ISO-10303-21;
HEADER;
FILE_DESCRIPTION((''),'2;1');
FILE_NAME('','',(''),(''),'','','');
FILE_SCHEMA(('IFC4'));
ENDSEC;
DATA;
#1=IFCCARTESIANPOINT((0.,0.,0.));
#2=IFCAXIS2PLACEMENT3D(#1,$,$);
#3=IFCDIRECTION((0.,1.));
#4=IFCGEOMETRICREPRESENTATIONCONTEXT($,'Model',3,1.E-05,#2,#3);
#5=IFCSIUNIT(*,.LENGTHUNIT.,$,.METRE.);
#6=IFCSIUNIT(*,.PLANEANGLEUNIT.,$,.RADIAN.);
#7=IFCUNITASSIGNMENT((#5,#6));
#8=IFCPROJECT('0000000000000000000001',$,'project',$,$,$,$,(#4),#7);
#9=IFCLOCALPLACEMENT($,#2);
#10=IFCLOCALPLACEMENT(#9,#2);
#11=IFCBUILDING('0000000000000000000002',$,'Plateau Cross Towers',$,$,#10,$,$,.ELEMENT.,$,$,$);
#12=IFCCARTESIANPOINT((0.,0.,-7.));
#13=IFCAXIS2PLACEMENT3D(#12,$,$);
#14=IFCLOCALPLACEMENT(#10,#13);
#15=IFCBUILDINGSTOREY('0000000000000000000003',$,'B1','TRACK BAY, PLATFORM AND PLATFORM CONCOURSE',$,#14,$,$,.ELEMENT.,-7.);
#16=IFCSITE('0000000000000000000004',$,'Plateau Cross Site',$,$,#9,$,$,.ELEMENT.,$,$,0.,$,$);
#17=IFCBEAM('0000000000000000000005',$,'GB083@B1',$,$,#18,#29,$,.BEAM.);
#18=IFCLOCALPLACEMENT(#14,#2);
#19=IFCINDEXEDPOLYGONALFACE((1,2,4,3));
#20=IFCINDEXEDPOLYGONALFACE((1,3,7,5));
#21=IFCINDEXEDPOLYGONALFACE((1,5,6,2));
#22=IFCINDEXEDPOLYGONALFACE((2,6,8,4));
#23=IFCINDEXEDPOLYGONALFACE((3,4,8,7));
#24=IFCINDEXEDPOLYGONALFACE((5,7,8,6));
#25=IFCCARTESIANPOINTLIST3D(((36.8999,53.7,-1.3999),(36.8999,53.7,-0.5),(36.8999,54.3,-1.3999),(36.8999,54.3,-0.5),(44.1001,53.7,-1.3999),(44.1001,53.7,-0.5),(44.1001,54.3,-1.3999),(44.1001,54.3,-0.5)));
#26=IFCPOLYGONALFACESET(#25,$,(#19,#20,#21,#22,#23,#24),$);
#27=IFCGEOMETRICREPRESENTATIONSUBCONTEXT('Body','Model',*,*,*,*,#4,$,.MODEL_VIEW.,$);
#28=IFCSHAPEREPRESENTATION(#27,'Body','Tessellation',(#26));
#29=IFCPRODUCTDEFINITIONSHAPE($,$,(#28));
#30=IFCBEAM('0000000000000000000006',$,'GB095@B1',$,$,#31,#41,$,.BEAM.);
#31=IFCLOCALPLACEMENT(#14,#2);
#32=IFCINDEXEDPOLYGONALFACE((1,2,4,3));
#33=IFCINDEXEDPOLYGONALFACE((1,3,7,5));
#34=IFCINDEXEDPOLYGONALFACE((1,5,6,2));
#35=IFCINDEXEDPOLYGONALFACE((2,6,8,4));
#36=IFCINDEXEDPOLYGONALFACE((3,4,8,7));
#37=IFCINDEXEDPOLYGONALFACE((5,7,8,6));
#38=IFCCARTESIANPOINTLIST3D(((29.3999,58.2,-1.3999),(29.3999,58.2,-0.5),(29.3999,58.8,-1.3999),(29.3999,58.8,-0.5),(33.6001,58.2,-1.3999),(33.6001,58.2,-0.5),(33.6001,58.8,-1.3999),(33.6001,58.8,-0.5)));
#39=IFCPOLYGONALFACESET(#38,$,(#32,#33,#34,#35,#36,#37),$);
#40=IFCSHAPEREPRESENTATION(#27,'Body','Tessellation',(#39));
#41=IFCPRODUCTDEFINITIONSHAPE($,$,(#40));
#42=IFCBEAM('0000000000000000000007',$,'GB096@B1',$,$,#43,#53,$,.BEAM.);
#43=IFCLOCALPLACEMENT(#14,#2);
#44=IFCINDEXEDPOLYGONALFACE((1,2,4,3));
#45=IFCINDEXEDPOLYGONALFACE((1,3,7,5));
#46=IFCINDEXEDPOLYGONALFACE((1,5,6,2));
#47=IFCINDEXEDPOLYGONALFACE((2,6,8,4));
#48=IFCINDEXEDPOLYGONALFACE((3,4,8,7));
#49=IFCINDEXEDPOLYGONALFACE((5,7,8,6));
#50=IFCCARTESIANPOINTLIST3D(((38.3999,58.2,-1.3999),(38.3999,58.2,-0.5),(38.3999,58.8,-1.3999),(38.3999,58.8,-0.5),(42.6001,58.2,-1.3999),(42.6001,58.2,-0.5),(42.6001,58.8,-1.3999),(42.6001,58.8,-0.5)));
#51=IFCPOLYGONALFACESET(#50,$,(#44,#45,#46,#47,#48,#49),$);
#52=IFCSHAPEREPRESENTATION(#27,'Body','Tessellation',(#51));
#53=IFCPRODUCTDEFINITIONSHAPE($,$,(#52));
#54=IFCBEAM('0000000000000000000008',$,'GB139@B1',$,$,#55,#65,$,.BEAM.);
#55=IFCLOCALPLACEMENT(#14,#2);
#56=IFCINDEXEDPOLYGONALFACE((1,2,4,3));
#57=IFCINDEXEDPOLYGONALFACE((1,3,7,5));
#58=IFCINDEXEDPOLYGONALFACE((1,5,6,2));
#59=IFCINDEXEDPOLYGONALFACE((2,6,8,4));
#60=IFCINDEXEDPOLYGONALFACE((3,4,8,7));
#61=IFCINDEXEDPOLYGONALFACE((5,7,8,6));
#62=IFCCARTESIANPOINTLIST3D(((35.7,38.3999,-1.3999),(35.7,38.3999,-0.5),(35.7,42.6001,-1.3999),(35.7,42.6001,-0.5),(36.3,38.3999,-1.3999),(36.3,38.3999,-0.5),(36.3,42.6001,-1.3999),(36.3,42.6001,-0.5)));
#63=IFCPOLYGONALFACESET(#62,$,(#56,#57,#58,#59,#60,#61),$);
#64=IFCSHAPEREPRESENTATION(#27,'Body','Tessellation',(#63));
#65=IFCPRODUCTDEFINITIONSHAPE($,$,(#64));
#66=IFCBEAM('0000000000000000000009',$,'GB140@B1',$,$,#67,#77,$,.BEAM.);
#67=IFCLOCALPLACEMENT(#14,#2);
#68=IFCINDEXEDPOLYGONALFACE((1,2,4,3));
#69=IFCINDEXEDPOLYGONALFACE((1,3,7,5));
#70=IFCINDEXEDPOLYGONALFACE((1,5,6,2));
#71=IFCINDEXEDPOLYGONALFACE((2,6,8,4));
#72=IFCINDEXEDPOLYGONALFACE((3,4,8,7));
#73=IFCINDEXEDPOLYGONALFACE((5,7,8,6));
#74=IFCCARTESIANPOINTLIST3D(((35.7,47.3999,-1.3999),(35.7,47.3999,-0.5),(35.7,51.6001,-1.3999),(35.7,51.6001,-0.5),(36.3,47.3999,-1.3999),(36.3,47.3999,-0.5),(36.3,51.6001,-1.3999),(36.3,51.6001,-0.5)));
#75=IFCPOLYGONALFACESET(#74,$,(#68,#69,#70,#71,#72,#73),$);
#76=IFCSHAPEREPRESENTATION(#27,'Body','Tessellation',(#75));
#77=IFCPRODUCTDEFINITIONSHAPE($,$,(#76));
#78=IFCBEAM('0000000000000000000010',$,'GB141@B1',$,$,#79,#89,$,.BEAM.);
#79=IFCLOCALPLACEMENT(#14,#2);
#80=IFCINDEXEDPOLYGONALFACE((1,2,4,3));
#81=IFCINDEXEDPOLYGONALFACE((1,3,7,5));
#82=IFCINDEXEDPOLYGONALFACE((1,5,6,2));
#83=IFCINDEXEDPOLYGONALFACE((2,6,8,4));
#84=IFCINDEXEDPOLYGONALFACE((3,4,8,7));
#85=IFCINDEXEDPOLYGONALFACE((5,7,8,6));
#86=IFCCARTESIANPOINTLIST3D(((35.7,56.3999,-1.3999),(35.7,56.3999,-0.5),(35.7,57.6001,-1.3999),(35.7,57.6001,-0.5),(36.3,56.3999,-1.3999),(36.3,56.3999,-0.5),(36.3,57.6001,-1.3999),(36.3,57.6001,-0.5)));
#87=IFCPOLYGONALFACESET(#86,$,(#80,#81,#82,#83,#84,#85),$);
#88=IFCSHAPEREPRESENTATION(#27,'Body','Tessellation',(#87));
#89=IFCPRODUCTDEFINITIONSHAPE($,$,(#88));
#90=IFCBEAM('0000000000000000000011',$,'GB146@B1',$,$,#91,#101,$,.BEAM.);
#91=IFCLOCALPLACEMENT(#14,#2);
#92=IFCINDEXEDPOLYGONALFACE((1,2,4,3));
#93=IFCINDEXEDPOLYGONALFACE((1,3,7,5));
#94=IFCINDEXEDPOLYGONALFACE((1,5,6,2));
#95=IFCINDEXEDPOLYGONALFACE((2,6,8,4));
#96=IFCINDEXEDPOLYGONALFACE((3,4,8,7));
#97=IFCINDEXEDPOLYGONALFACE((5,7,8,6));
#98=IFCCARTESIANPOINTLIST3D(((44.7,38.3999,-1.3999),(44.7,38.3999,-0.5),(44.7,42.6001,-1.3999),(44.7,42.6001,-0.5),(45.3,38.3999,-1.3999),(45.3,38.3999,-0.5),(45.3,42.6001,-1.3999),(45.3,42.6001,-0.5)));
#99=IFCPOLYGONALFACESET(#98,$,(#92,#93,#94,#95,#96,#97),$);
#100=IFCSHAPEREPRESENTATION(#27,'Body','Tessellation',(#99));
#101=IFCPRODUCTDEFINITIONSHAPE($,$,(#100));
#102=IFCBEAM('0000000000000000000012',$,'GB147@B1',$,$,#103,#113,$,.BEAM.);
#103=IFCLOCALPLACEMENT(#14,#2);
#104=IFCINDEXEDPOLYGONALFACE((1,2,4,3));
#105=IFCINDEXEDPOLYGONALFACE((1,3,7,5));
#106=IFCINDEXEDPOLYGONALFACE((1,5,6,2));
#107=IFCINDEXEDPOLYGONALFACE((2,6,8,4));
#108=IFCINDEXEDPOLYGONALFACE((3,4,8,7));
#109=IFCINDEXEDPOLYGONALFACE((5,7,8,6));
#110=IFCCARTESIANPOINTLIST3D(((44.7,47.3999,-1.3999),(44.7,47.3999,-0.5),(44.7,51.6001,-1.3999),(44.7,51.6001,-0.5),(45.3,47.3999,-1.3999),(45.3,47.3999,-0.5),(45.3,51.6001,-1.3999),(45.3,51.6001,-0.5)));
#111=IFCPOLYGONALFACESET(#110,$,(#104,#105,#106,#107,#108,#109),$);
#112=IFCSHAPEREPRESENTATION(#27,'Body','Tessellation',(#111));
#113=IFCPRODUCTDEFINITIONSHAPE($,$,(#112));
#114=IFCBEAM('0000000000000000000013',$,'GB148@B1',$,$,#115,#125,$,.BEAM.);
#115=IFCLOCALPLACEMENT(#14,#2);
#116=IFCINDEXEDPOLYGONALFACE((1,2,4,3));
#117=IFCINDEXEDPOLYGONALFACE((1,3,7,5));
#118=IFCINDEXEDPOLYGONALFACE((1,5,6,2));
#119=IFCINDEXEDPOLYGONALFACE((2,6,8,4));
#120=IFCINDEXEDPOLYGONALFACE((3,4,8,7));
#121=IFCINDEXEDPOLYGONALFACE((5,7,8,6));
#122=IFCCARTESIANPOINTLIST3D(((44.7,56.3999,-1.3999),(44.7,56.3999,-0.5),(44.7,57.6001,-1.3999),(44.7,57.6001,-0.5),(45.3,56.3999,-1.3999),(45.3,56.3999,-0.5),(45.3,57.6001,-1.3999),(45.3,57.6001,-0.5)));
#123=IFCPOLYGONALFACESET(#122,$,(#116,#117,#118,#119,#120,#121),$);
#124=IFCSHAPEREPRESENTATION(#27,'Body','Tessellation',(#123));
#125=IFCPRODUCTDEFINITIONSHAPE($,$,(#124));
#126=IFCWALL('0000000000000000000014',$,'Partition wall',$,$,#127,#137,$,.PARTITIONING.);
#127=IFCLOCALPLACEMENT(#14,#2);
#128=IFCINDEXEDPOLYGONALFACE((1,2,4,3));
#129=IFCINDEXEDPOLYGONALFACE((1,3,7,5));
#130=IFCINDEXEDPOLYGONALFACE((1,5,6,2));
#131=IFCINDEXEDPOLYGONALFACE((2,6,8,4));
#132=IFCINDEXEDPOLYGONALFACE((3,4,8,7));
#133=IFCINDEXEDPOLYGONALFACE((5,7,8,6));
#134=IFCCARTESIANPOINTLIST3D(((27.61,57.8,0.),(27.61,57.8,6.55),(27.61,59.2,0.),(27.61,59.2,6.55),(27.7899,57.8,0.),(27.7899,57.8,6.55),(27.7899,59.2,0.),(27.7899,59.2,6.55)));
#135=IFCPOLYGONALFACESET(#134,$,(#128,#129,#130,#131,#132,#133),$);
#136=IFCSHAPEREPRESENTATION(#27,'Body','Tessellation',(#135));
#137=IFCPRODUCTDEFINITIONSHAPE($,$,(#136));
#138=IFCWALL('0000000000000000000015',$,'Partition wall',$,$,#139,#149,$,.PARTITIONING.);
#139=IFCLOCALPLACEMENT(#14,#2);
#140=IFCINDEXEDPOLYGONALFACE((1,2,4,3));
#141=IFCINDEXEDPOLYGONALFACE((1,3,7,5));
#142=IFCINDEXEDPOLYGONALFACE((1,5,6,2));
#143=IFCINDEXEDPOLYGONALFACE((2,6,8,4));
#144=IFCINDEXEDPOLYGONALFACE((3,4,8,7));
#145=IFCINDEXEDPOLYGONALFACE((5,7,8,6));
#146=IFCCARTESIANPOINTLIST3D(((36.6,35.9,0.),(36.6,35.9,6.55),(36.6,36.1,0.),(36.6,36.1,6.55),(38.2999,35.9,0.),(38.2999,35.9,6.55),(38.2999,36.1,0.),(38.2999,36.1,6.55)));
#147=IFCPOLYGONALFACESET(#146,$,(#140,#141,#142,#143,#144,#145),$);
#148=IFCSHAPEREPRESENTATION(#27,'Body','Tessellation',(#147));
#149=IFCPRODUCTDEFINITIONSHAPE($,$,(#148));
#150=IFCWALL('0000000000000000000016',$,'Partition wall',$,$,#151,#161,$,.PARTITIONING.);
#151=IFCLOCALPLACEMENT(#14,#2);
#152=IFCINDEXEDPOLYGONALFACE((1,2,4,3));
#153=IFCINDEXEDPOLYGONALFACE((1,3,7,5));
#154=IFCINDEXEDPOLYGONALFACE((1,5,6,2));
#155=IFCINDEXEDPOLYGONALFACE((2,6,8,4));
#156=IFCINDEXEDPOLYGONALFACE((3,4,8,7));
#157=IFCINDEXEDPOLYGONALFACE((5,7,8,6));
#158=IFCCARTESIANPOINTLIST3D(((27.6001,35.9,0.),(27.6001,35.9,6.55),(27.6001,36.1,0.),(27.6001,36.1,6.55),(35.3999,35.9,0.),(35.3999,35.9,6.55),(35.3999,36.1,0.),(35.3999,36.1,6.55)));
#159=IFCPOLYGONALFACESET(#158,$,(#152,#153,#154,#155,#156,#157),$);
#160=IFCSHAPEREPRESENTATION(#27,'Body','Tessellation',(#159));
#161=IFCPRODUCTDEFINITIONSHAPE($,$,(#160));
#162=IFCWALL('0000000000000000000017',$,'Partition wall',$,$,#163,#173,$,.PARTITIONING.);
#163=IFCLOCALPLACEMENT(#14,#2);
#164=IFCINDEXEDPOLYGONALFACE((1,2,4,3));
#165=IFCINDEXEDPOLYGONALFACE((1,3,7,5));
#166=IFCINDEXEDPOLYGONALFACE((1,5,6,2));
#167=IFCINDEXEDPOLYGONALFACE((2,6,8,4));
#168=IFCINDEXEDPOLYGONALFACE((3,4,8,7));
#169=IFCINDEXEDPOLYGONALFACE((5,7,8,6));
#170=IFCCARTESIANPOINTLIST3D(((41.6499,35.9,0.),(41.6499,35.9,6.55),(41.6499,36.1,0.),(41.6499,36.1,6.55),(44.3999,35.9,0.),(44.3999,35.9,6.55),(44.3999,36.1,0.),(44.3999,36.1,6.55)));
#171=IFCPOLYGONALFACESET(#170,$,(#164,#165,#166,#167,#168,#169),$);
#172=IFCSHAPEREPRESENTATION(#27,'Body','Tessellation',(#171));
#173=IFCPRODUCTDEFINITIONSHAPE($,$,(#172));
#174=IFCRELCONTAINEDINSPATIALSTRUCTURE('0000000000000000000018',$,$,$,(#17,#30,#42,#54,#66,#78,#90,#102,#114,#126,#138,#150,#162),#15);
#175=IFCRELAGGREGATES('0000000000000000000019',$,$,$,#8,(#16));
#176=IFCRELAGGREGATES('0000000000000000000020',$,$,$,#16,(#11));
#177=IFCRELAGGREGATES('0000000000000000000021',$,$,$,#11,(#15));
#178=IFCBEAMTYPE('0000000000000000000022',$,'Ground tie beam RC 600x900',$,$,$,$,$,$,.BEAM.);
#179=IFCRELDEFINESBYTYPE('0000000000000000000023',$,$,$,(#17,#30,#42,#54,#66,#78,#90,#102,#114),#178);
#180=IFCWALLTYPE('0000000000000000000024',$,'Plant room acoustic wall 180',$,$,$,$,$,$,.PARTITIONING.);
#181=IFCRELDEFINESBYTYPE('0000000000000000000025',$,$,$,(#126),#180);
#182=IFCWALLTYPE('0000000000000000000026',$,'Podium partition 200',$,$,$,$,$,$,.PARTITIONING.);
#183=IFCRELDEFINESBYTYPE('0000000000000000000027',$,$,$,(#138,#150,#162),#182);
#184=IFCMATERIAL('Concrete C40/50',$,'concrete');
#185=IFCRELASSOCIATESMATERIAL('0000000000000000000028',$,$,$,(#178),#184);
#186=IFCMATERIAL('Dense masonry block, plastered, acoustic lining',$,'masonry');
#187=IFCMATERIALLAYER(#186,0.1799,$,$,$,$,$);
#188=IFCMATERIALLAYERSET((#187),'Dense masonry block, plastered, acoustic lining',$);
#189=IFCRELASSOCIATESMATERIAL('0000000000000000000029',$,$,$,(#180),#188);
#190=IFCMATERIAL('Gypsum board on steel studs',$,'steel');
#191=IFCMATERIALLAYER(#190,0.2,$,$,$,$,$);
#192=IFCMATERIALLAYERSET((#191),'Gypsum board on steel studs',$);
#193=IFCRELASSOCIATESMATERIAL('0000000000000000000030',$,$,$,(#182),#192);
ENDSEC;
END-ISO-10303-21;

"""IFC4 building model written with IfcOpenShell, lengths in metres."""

from ifc_helpers import new_model, si_unit, direction, frame, frame_2d, origin, origin_2d, place, context, subcontext, project, spatial, rectangle, extrude, material, layer, layer_set, material_profile, profile_set, type_object, element, save


model = new_model("IFC4")

# Units and contexts
model_context = context("Model", 3, precision=1e-05, world=origin(), true_north=direction((0.0, 1.0)))
body_context = subcontext(model_context, "Body", "Model", "MODEL_VIEW")
ifc_project = project(units=[si_unit("LENGTHUNIT", "METRE"), si_unit("PLANEANGLEUNIT", "RADIAN")], contexts=[model_context])

# Site, building, storey
site_placement = place(None, origin())
site = spatial("IfcSite", under=ifc_project, at=site_placement, Name="Plateau Cross Site", CompositionType="ELEMENT", RefElevation=0.0)
building_placement = place(site_placement, origin())
building = spatial("IfcBuilding", under=site, at=building_placement, Name="Plateau Cross Towers", CompositionType="ELEMENT")
storey_placement = place(building_placement, frame((0.0, 0.0, -7.0)))
storey = spatial("IfcBuildingStorey", under=building, at=storey_placement, Name="B1", Description="TRACK BAY, PLATFORM AND PLATFORM CONCOURSE", CompositionType="ELEMENT", Elevation=-7.0)

# Shared definitions
ifc_material_1 = material(Name="Concrete C40/50", Category="concrete")

# Beams
ifc_material_profile_1 = material_profile(ifc_material_1, rectangle(XDim=0.6001, YDim=0.8999, at=origin_2d()), Name="RC 600x900")
ifc_profile_set_1 = profile_set([ifc_material_profile_1], Name="Concrete C40/50")
beam_type = type_object("IfcBeamType", Name="Ground tie beam RC 600x900", PredefinedType="BEAM", material=ifc_profile_set_1)
for number, where, z_axis, x_axis, name in (
    (1, (36.8999, 54.0, -0.95), (1.0, 0.0, 0.0), (0.0, 1.0, 0.0), "GB083@B1"),
):
    element("IfcBeam", number, at=place(storey_placement, frame(where, z_axis=z_axis, x_axis=x_axis)), inside=storey, type_object=beam_type, Name=name, PredefinedType="BEAM", context=body_context, shape_type="SweptSolid", body=[
        extrude(rectangle(XDim=0.6001, YDim=0.8999, at=origin_2d()), origin(), (0.0, 0.0, 1.0), 7.2002),
    ])
for number, where, z_axis, x_axis, name in (
    (2, (29.3999, 58.5, -0.95), (1.0, 0.0, 0.0), (0.0, 1.0, 0.0), "GB095@B1"),
    (3, (38.3999, 58.5, -0.95), (1.0, 0.0, 0.0), (0.0, 1.0, 0.0), "GB096@B1"),
    (4, (36.0, 38.3999, -0.95), (0.0, 1.0, 0.0), (-1.0, 0.0, 0.0), "GB139@B1"),
    (5, (36.0, 47.3999, -0.95), (0.0, 1.0, 0.0), (-1.0, 0.0, 0.0), "GB140@B1"),
):
    element("IfcBeam", number, at=place(storey_placement, frame(where, z_axis=z_axis, x_axis=x_axis)), inside=storey, type_object=beam_type, Name=name, PredefinedType="BEAM", context=body_context, shape_type="SweptSolid", body=[
        extrude(rectangle(XDim=0.6001, YDim=0.8999, at=origin_2d()), origin(), (0.0, 0.0, 1.0), 4.2002),
    ])
beam_1_placement = place(storey_placement, frame((36.0, 56.3999, -0.95), z_axis=(0.0, 1.0, 0.0), x_axis=(-1.0, 0.0, 0.0)))
element("IfcBeam", 6, at=beam_1_placement, inside=storey, type_object=beam_type, Name="GB141@B1", PredefinedType="BEAM", context=body_context, shape_type="SweptSolid", body=[
    extrude(rectangle(XDim=0.6001, YDim=0.8999, at=origin_2d()), origin(), (0.0, 0.0, 1.0), 1.2002),
])
for number, where, z_axis, x_axis, name in (
    (7, (45.0, 38.3999, -0.95), (0.0, 1.0, 0.0), (-1.0, 0.0, 0.0), "GB146@B1"),
    (8, (45.0, 47.3999, -0.95), (0.0, 1.0, 0.0), (-1.0, 0.0, 0.0), "GB147@B1"),
):
    element("IfcBeam", number, at=place(storey_placement, frame(where, z_axis=z_axis, x_axis=x_axis)), inside=storey, type_object=beam_type, Name=name, PredefinedType="BEAM", context=body_context, shape_type="SweptSolid", body=[
        extrude(rectangle(XDim=0.6001, YDim=0.8999, at=origin_2d()), origin(), (0.0, 0.0, 1.0), 4.2002),
    ])
beam_2_placement = place(storey_placement, frame((45.0, 56.3999, -0.95), z_axis=(0.0, 1.0, 0.0), x_axis=(-1.0, 0.0, 0.0)))
element("IfcBeam", 9, at=beam_2_placement, inside=storey, type_object=beam_type, Name="GB148@B1", PredefinedType="BEAM", context=body_context, shape_type="SweptSolid", body=[
    extrude(rectangle(XDim=0.6001, YDim=0.8999, at=origin_2d()), origin(), (0.0, 0.0, 1.0), 1.2002),
])

# Walls
ifc_material_2 = material(Name="Dense masonry block, plastered, acoustic lining", Category="masonry")
ifc_layer_1 = layer(ifc_material_2, 0.1799)
ifc_layer_set_1 = layer_set([ifc_layer_1], Name="Dense masonry block, plastered, acoustic lining")
wall_type_1 = type_object("IfcWallType", Name="Plant room acoustic wall 180", PredefinedType="PARTITIONING", material=ifc_layer_set_1)
wall_1_placement = place(storey_placement, frame((27.7, 59.2, 0.0), z_axis=(0.0, 0.0, 1.0), x_axis=(0.0, -1.0, 0.0)))
element("IfcWall", 10, at=wall_1_placement, inside=storey, type_object=wall_type_1, Name="Partition wall", PredefinedType="PARTITIONING", context=body_context, shape_type="SweptSolid", body=[
    extrude(rectangle(XDim=1.3999, YDim=0.1799, at=frame_2d((0.7, 0.0))), origin(), (0.0, 0.0, 1.0), 6.55),
])
ifc_material_3 = material(Name="Gypsum board on steel studs", Category="steel")
ifc_layer_2 = layer(ifc_material_3, 0.2)
ifc_layer_set_2 = layer_set([ifc_layer_2], Name="Gypsum board on steel studs")
wall_type_2 = type_object("IfcWallType", Name="Podium partition 200", PredefinedType="PARTITIONING", material=ifc_layer_set_2)
wall_2_placement = place(storey_placement, frame((38.3, 36.0, 0.0), z_axis=(0.0, 0.0, 1.0), x_axis=(-1.0, 0.0, 0.0)))
element("IfcWall", 11, at=wall_2_placement, inside=storey, type_object=wall_type_2, Name="Partition wall", PredefinedType="PARTITIONING", context=body_context, shape_type="SweptSolid", body=[
    extrude(rectangle(XDim=1.7, YDim=0.2, at=frame_2d((0.8501, 0.0))), origin(), (0.0, 0.0, 1.0), 6.55),
])
wall_3_placement = place(storey_placement, frame((35.3999, 36.0, 0.0), z_axis=(0.0, 0.0, 1.0), x_axis=(-1.0, 0.0, 0.0)))
element("IfcWall", 12, at=wall_3_placement, inside=storey, type_object=wall_type_2, Name="Partition wall", PredefinedType="PARTITIONING", context=body_context, shape_type="SweptSolid", body=[
    extrude(rectangle(XDim=7.7998, YDim=0.2, at=frame_2d((3.8999, 0.0))), origin(), (0.0, 0.0, 1.0), 6.55),
])
wall_4_placement = place(storey_placement, frame((44.3999, 36.0, 0.0), z_axis=(0.0, 0.0, 1.0), x_axis=(-1.0, 0.0, 0.0)))
element("IfcWall", 13, at=wall_4_placement, inside=storey, type_object=wall_type_2, Name="Partition wall", PredefinedType="PARTITIONING", context=body_context, shape_type="SweptSolid", body=[
    extrude(rectangle(XDim=2.75, YDim=0.2, at=frame_2d((1.375, 0.0))), origin(), (0.0, 0.0, 1.0), 6.55),
])

save(model, "model.ifc")
